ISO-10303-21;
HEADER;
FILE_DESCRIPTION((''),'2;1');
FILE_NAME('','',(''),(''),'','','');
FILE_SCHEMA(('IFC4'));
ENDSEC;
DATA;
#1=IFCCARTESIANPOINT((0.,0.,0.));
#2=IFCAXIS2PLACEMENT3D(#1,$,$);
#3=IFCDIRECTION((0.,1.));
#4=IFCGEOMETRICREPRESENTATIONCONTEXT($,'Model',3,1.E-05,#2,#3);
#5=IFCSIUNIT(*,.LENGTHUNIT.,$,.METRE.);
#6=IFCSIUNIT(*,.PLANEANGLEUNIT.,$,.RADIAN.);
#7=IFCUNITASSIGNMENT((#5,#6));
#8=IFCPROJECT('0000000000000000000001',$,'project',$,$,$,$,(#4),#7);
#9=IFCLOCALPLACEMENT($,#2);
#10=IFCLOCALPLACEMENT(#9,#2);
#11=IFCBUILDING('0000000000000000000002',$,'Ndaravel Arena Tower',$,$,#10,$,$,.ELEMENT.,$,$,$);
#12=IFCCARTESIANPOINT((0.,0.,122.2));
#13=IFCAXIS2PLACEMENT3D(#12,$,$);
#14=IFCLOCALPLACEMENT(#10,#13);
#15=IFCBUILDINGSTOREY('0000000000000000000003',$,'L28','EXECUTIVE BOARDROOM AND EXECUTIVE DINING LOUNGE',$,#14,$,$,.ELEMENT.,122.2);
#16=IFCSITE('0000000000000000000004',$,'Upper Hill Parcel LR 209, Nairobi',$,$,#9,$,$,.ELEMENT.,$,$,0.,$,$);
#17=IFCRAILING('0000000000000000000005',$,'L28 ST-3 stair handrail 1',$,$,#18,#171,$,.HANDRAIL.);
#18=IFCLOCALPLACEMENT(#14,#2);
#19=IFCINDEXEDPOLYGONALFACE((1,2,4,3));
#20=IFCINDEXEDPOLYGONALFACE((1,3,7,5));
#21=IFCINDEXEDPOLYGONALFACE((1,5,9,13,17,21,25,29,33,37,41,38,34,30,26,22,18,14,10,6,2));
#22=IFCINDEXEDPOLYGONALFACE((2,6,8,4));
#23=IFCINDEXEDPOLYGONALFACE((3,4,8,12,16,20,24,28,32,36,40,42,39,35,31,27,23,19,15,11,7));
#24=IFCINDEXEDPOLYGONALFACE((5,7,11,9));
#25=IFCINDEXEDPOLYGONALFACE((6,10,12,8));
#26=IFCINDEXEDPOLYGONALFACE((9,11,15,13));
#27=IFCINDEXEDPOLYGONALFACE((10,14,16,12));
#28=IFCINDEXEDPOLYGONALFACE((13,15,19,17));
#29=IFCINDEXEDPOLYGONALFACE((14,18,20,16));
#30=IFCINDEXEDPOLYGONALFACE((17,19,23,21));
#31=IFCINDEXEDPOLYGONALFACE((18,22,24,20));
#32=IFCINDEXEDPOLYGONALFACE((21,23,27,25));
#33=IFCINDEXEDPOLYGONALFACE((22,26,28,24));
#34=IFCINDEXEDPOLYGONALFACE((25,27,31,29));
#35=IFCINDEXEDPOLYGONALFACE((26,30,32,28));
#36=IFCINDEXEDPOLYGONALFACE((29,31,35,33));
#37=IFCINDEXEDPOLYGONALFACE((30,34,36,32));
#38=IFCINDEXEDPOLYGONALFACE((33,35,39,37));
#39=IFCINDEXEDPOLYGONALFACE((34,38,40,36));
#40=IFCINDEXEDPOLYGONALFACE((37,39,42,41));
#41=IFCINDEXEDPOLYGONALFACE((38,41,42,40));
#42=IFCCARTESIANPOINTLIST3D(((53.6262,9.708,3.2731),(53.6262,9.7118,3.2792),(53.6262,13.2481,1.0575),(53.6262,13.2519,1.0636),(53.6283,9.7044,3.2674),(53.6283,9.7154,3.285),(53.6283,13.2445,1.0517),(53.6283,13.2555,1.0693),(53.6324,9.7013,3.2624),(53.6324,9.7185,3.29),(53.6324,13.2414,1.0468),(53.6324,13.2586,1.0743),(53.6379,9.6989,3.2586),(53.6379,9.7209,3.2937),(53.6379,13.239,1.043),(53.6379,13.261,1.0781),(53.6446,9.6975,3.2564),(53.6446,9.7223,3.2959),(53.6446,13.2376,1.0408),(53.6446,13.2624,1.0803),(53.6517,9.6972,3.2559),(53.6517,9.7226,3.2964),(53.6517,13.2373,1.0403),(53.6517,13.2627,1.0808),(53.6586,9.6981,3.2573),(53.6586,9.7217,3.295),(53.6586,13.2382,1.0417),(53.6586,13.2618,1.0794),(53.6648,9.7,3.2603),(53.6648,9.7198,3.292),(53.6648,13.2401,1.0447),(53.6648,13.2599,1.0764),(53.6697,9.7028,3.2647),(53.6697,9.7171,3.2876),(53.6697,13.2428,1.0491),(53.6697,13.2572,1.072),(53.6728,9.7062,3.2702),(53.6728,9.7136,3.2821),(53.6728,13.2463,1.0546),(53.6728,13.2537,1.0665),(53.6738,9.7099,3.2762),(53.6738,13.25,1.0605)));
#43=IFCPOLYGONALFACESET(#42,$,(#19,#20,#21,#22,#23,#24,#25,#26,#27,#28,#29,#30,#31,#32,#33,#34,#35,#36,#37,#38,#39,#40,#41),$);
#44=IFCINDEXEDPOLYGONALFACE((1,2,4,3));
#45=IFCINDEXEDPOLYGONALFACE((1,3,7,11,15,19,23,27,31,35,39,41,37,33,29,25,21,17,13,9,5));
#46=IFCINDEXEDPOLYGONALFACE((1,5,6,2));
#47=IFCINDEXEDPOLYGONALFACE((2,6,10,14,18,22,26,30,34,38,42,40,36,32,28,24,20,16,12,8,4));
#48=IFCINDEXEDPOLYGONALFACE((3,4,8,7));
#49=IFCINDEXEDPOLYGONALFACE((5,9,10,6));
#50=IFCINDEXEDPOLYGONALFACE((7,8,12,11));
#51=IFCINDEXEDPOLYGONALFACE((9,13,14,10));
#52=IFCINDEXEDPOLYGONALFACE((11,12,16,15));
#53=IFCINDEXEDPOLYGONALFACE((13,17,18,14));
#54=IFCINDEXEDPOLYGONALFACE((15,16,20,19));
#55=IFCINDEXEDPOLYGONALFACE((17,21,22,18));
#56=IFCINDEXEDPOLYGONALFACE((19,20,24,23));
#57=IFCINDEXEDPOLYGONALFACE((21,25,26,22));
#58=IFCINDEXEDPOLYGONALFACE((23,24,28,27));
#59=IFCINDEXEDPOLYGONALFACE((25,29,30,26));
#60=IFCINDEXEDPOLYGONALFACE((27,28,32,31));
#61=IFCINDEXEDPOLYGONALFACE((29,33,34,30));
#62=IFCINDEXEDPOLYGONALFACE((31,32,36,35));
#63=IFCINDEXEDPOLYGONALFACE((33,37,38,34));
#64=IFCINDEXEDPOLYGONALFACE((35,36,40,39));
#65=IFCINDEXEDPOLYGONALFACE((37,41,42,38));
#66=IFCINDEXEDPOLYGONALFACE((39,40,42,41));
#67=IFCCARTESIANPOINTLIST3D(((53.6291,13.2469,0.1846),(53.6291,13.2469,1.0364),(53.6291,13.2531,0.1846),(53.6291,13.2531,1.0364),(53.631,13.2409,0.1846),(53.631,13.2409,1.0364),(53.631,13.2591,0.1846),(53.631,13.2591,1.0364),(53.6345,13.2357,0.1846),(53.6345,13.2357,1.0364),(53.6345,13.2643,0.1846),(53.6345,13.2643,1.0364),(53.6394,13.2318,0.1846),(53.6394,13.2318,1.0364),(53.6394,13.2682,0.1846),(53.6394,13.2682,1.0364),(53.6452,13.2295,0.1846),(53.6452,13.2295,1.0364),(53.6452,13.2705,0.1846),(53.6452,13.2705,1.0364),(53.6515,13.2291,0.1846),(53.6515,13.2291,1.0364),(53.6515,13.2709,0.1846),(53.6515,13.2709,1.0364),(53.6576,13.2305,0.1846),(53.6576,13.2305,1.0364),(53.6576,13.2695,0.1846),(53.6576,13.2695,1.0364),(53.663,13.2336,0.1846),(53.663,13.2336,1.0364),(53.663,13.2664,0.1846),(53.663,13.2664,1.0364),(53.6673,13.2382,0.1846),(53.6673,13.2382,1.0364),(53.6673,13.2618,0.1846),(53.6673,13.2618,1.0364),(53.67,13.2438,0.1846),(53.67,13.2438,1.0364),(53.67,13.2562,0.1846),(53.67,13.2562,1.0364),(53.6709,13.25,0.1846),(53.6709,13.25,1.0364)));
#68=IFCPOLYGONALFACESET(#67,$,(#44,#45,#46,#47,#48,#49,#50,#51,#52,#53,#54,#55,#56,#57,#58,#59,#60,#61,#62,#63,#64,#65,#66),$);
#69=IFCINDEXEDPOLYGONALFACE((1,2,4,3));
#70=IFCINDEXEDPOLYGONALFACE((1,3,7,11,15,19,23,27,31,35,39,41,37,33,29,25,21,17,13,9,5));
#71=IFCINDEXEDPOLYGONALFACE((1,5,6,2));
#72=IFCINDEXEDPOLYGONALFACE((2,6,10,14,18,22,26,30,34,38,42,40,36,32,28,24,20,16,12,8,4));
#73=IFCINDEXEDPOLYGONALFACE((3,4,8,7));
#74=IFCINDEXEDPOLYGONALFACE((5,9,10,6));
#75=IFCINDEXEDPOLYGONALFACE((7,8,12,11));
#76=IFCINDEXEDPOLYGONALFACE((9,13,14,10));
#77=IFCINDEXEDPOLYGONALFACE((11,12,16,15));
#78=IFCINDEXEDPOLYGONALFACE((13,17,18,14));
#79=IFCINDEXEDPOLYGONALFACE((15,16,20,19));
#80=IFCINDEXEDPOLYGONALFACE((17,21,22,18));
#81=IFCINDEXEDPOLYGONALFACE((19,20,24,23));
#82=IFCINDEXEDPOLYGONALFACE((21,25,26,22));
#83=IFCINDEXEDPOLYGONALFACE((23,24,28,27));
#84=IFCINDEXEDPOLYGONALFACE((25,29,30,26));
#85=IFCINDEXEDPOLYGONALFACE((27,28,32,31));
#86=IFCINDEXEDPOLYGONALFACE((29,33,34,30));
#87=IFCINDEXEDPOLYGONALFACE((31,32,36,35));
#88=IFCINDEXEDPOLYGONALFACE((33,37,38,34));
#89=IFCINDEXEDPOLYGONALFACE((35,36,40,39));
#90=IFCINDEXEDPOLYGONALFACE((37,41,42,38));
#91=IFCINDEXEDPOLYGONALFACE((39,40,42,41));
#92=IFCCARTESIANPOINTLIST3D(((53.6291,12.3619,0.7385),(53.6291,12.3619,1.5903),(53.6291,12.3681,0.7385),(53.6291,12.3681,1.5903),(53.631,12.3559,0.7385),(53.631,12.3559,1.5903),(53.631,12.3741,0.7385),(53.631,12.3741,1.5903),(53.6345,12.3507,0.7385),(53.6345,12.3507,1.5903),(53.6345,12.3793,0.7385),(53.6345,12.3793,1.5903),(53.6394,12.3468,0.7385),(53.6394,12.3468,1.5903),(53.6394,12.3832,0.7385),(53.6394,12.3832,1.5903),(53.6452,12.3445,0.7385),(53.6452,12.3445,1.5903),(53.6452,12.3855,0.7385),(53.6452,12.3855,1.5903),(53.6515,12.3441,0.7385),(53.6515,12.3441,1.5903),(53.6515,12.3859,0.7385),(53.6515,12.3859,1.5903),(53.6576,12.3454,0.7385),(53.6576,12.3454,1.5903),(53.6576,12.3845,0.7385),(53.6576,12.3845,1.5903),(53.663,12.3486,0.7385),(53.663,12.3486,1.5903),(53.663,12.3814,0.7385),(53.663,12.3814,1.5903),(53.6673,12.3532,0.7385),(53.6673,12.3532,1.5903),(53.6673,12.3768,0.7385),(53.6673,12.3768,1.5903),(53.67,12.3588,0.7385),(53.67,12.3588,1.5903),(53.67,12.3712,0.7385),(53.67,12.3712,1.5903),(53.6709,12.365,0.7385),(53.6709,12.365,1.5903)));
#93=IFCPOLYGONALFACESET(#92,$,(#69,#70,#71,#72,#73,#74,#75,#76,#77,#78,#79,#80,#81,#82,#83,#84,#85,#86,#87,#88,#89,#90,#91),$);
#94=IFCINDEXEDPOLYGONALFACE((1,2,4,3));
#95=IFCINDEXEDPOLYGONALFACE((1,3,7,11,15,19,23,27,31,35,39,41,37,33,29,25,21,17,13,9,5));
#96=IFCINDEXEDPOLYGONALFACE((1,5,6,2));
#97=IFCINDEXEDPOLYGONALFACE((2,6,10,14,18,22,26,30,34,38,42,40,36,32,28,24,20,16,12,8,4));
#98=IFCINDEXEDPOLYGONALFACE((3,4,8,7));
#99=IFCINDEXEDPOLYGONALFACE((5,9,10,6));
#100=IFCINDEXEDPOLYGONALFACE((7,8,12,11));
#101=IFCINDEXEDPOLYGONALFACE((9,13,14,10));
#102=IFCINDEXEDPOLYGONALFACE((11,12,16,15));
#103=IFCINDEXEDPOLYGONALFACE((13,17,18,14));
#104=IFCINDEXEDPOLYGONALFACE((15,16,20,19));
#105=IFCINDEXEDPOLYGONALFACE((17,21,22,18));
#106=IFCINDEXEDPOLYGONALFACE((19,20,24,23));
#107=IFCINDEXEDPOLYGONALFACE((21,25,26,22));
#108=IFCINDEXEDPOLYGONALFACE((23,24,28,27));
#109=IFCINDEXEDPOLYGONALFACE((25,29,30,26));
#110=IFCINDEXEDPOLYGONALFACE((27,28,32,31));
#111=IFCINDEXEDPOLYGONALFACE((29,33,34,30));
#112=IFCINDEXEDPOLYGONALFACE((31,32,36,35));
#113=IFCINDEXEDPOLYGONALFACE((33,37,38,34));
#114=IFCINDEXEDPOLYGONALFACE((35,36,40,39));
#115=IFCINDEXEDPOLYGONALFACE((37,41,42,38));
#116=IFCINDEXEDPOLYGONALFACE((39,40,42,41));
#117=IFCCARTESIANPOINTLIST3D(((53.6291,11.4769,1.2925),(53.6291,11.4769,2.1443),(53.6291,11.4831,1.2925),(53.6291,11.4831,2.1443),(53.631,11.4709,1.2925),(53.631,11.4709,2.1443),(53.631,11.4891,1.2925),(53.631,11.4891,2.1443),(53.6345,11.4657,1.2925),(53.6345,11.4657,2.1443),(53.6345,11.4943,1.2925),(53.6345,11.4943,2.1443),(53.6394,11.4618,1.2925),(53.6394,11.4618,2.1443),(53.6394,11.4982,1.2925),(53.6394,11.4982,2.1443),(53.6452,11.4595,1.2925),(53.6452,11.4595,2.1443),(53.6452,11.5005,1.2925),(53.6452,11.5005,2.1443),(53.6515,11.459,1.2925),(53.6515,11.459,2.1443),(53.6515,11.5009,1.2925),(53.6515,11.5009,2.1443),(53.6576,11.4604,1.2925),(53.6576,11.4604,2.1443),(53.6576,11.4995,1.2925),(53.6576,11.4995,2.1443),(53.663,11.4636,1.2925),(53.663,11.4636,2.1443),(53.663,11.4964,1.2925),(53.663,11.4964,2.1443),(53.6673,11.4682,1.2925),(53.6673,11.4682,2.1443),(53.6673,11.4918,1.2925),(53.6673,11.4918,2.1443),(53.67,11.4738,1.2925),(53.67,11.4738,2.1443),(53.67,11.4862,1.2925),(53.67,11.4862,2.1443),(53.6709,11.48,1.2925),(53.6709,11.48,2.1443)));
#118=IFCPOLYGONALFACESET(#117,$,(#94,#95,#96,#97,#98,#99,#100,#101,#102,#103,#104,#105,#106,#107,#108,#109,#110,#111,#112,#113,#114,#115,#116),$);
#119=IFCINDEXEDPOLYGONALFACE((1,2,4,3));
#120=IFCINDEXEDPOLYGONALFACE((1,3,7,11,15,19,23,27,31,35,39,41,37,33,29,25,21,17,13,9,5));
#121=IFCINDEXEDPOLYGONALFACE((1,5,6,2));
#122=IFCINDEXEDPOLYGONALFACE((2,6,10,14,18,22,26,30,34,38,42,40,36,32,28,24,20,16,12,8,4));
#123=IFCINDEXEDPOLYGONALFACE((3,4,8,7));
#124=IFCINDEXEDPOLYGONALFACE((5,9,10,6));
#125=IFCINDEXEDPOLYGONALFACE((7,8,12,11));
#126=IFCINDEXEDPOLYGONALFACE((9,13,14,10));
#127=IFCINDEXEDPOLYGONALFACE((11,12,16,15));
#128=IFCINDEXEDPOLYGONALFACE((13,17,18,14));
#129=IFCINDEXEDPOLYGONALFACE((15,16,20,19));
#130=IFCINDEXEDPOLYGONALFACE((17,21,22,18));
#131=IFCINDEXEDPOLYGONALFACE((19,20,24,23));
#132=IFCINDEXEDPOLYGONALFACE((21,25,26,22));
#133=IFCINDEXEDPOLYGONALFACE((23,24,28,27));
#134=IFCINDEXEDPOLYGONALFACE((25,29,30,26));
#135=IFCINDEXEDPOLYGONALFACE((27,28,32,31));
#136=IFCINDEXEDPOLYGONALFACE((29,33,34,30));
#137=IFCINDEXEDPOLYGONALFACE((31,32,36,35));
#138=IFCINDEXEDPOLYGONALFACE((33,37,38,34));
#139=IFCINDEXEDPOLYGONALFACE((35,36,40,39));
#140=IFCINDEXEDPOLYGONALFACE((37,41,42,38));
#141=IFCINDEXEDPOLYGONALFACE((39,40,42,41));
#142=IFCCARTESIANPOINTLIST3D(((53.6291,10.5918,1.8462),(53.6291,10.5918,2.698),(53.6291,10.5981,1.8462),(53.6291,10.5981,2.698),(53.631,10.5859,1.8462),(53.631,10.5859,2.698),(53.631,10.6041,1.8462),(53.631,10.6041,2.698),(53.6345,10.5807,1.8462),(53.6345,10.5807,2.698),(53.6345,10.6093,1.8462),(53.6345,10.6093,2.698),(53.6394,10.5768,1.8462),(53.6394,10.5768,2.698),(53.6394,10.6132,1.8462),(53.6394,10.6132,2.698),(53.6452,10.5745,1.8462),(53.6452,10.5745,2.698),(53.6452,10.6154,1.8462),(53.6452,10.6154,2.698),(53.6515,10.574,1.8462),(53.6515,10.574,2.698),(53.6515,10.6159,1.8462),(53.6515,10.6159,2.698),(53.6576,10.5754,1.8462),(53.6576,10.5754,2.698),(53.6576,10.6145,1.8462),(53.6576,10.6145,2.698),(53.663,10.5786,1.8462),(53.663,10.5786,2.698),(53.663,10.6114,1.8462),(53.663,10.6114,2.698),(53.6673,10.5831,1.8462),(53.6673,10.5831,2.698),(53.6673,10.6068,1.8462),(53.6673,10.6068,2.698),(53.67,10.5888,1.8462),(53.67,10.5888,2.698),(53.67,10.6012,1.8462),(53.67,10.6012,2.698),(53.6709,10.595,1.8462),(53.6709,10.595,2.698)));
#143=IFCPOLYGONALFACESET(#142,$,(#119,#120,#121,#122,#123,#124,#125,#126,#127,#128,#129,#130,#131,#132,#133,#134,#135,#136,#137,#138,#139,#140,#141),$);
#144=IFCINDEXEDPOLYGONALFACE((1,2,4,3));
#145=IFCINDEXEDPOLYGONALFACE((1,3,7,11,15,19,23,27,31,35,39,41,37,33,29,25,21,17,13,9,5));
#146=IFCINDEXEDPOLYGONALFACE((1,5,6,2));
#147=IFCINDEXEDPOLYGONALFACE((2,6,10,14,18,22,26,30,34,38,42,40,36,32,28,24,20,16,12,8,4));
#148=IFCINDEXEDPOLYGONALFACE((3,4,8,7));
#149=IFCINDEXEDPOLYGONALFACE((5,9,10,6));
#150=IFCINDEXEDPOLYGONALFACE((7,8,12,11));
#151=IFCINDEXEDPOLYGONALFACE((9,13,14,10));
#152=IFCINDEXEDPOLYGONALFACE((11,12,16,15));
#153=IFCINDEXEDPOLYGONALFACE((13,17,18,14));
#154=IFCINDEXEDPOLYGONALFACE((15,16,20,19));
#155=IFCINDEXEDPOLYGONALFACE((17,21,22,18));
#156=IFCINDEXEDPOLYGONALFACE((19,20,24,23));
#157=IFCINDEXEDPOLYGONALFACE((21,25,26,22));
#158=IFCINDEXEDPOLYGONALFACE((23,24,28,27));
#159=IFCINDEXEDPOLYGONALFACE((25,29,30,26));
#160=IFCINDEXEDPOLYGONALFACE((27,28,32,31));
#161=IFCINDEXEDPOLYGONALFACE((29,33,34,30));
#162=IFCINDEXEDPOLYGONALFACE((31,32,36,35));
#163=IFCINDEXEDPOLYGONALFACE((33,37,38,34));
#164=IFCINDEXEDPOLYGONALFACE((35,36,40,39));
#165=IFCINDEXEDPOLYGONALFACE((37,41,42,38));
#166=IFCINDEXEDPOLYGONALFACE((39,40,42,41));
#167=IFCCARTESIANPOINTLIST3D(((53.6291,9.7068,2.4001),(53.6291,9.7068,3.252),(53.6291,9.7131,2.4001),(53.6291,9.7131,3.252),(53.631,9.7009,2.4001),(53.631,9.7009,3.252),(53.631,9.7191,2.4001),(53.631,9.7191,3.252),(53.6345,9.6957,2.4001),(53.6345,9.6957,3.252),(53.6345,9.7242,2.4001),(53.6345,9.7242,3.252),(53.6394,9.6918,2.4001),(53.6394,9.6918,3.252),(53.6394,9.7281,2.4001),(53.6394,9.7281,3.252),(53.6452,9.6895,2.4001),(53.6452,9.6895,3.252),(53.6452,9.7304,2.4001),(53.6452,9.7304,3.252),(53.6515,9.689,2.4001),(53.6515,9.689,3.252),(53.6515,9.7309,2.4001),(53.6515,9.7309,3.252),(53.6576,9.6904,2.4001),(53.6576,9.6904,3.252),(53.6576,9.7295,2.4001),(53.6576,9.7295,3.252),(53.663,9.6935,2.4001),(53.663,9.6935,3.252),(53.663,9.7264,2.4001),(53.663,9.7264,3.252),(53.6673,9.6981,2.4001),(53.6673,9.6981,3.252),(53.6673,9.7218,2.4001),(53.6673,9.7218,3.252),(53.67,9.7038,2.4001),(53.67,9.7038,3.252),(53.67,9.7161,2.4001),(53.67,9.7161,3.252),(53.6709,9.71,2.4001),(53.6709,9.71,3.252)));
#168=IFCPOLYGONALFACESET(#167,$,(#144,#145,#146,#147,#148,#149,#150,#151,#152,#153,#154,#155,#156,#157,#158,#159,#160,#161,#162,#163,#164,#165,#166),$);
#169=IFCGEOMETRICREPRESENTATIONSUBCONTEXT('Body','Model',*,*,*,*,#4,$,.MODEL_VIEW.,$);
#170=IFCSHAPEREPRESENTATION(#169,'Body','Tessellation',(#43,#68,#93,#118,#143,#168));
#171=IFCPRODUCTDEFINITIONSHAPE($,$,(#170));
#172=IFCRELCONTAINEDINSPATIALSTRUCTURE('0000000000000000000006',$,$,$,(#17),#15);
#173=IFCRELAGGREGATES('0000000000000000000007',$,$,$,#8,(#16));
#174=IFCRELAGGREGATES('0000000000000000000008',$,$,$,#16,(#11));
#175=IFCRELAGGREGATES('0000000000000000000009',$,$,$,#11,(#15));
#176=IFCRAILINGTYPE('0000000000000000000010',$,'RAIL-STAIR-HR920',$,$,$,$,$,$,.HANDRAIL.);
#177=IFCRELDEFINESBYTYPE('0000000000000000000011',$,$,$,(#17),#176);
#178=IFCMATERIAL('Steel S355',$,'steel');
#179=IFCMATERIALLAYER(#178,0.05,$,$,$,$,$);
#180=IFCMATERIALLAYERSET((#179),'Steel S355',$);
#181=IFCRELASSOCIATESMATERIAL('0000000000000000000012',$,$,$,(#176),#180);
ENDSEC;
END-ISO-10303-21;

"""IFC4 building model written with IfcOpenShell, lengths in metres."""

from ifc_helpers import new_model, si_unit, direction, frame, origin, origin_2d, place, context, subcontext, project, spatial, circle, extrude, material, layer, layer_set, type_object, element, save


model = new_model("IFC4")

# Units and contexts
model_context = context("Model", 3, precision=1e-05, world=origin(), true_north=direction((0.0, 1.0)))
body_context = subcontext(model_context, "Body", "Model", "MODEL_VIEW")
ifc_project = project(units=[si_unit("LENGTHUNIT", "METRE"), si_unit("PLANEANGLEUNIT", "RADIAN")], contexts=[model_context])

# Site, building, storey
site_placement = place(None, origin())
site = spatial("IfcSite", under=ifc_project, at=site_placement, Name="Upper Hill Parcel LR 209, Nairobi", CompositionType="ELEMENT", RefElevation=0.0)
building_placement = place(site_placement, origin())
building = spatial("IfcBuilding", under=site, at=building_placement, Name="Ndaravel Arena Tower", CompositionType="ELEMENT")
storey_placement = place(building_placement, frame((0.0, 0.0, 122.2)))
storey = spatial("IfcBuildingStorey", under=building, at=storey_placement, Name="L28", Description="EXECUTIVE BOARDROOM AND EXECUTIVE DINING LOUNGE", CompositionType="ELEMENT", Elevation=122.2)

# Railing
ifc_material_1 = material(Name="Steel S355", Category="steel")
ifc_layer_1 = layer(ifc_material_1, 0.05)
ifc_layer_set_1 = layer_set([ifc_layer_1], Name="Steel S355")
railing_type_1 = type_object("IfcRailingType", Name="RAIL-STAIR-HR920", PredefinedType="HANDRAIL", material=ifc_layer_set_1)
railing_1_placement = place(storey_placement, frame((53.6499, 13.25, 0.1846)))
element("IfcRailing", 1, at=railing_1_placement, inside=storey, type_object=railing_type_1, Name="L28 ST-3 stair handrail 1", PredefinedType="HANDRAIL", context=body_context, shape_type="SweptSolid", body=[
    extrude(circle(Radius=0.0239, at=origin_2d()), frame((0.0, 0.0, 0.876), z_axis=(0.0, -0.84767, 0.530524), x_axis=(1.0, 0.0, 0.0)), (0.0, 0.0, 1.0), 4.1763),
    extrude(circle(Radius=0.021, at=origin_2d()), origin(), (0.0, 0.0, 1.0), 0.8518),
    extrude(circle(Radius=0.021, at=origin_2d()), frame((0.0, -0.885, 0.554)), (0.0, 0.0, 1.0), 0.8518),
    extrude(circle(Radius=0.021, at=origin_2d()), frame((0.0, -1.77, 1.1079)), (0.0, 0.0, 1.0), 0.8518),
    extrude(circle(Radius=0.021, at=origin_2d()), frame((0.0, -2.655, 1.6616)), (0.0, 0.0, 1.0), 0.8518),
    extrude(circle(Radius=0.021, at=origin_2d()), frame((0.0, -3.54, 2.2156)), (0.0, 0.0, 1.0), 0.8518),
])

save(model, "model.ifc")
